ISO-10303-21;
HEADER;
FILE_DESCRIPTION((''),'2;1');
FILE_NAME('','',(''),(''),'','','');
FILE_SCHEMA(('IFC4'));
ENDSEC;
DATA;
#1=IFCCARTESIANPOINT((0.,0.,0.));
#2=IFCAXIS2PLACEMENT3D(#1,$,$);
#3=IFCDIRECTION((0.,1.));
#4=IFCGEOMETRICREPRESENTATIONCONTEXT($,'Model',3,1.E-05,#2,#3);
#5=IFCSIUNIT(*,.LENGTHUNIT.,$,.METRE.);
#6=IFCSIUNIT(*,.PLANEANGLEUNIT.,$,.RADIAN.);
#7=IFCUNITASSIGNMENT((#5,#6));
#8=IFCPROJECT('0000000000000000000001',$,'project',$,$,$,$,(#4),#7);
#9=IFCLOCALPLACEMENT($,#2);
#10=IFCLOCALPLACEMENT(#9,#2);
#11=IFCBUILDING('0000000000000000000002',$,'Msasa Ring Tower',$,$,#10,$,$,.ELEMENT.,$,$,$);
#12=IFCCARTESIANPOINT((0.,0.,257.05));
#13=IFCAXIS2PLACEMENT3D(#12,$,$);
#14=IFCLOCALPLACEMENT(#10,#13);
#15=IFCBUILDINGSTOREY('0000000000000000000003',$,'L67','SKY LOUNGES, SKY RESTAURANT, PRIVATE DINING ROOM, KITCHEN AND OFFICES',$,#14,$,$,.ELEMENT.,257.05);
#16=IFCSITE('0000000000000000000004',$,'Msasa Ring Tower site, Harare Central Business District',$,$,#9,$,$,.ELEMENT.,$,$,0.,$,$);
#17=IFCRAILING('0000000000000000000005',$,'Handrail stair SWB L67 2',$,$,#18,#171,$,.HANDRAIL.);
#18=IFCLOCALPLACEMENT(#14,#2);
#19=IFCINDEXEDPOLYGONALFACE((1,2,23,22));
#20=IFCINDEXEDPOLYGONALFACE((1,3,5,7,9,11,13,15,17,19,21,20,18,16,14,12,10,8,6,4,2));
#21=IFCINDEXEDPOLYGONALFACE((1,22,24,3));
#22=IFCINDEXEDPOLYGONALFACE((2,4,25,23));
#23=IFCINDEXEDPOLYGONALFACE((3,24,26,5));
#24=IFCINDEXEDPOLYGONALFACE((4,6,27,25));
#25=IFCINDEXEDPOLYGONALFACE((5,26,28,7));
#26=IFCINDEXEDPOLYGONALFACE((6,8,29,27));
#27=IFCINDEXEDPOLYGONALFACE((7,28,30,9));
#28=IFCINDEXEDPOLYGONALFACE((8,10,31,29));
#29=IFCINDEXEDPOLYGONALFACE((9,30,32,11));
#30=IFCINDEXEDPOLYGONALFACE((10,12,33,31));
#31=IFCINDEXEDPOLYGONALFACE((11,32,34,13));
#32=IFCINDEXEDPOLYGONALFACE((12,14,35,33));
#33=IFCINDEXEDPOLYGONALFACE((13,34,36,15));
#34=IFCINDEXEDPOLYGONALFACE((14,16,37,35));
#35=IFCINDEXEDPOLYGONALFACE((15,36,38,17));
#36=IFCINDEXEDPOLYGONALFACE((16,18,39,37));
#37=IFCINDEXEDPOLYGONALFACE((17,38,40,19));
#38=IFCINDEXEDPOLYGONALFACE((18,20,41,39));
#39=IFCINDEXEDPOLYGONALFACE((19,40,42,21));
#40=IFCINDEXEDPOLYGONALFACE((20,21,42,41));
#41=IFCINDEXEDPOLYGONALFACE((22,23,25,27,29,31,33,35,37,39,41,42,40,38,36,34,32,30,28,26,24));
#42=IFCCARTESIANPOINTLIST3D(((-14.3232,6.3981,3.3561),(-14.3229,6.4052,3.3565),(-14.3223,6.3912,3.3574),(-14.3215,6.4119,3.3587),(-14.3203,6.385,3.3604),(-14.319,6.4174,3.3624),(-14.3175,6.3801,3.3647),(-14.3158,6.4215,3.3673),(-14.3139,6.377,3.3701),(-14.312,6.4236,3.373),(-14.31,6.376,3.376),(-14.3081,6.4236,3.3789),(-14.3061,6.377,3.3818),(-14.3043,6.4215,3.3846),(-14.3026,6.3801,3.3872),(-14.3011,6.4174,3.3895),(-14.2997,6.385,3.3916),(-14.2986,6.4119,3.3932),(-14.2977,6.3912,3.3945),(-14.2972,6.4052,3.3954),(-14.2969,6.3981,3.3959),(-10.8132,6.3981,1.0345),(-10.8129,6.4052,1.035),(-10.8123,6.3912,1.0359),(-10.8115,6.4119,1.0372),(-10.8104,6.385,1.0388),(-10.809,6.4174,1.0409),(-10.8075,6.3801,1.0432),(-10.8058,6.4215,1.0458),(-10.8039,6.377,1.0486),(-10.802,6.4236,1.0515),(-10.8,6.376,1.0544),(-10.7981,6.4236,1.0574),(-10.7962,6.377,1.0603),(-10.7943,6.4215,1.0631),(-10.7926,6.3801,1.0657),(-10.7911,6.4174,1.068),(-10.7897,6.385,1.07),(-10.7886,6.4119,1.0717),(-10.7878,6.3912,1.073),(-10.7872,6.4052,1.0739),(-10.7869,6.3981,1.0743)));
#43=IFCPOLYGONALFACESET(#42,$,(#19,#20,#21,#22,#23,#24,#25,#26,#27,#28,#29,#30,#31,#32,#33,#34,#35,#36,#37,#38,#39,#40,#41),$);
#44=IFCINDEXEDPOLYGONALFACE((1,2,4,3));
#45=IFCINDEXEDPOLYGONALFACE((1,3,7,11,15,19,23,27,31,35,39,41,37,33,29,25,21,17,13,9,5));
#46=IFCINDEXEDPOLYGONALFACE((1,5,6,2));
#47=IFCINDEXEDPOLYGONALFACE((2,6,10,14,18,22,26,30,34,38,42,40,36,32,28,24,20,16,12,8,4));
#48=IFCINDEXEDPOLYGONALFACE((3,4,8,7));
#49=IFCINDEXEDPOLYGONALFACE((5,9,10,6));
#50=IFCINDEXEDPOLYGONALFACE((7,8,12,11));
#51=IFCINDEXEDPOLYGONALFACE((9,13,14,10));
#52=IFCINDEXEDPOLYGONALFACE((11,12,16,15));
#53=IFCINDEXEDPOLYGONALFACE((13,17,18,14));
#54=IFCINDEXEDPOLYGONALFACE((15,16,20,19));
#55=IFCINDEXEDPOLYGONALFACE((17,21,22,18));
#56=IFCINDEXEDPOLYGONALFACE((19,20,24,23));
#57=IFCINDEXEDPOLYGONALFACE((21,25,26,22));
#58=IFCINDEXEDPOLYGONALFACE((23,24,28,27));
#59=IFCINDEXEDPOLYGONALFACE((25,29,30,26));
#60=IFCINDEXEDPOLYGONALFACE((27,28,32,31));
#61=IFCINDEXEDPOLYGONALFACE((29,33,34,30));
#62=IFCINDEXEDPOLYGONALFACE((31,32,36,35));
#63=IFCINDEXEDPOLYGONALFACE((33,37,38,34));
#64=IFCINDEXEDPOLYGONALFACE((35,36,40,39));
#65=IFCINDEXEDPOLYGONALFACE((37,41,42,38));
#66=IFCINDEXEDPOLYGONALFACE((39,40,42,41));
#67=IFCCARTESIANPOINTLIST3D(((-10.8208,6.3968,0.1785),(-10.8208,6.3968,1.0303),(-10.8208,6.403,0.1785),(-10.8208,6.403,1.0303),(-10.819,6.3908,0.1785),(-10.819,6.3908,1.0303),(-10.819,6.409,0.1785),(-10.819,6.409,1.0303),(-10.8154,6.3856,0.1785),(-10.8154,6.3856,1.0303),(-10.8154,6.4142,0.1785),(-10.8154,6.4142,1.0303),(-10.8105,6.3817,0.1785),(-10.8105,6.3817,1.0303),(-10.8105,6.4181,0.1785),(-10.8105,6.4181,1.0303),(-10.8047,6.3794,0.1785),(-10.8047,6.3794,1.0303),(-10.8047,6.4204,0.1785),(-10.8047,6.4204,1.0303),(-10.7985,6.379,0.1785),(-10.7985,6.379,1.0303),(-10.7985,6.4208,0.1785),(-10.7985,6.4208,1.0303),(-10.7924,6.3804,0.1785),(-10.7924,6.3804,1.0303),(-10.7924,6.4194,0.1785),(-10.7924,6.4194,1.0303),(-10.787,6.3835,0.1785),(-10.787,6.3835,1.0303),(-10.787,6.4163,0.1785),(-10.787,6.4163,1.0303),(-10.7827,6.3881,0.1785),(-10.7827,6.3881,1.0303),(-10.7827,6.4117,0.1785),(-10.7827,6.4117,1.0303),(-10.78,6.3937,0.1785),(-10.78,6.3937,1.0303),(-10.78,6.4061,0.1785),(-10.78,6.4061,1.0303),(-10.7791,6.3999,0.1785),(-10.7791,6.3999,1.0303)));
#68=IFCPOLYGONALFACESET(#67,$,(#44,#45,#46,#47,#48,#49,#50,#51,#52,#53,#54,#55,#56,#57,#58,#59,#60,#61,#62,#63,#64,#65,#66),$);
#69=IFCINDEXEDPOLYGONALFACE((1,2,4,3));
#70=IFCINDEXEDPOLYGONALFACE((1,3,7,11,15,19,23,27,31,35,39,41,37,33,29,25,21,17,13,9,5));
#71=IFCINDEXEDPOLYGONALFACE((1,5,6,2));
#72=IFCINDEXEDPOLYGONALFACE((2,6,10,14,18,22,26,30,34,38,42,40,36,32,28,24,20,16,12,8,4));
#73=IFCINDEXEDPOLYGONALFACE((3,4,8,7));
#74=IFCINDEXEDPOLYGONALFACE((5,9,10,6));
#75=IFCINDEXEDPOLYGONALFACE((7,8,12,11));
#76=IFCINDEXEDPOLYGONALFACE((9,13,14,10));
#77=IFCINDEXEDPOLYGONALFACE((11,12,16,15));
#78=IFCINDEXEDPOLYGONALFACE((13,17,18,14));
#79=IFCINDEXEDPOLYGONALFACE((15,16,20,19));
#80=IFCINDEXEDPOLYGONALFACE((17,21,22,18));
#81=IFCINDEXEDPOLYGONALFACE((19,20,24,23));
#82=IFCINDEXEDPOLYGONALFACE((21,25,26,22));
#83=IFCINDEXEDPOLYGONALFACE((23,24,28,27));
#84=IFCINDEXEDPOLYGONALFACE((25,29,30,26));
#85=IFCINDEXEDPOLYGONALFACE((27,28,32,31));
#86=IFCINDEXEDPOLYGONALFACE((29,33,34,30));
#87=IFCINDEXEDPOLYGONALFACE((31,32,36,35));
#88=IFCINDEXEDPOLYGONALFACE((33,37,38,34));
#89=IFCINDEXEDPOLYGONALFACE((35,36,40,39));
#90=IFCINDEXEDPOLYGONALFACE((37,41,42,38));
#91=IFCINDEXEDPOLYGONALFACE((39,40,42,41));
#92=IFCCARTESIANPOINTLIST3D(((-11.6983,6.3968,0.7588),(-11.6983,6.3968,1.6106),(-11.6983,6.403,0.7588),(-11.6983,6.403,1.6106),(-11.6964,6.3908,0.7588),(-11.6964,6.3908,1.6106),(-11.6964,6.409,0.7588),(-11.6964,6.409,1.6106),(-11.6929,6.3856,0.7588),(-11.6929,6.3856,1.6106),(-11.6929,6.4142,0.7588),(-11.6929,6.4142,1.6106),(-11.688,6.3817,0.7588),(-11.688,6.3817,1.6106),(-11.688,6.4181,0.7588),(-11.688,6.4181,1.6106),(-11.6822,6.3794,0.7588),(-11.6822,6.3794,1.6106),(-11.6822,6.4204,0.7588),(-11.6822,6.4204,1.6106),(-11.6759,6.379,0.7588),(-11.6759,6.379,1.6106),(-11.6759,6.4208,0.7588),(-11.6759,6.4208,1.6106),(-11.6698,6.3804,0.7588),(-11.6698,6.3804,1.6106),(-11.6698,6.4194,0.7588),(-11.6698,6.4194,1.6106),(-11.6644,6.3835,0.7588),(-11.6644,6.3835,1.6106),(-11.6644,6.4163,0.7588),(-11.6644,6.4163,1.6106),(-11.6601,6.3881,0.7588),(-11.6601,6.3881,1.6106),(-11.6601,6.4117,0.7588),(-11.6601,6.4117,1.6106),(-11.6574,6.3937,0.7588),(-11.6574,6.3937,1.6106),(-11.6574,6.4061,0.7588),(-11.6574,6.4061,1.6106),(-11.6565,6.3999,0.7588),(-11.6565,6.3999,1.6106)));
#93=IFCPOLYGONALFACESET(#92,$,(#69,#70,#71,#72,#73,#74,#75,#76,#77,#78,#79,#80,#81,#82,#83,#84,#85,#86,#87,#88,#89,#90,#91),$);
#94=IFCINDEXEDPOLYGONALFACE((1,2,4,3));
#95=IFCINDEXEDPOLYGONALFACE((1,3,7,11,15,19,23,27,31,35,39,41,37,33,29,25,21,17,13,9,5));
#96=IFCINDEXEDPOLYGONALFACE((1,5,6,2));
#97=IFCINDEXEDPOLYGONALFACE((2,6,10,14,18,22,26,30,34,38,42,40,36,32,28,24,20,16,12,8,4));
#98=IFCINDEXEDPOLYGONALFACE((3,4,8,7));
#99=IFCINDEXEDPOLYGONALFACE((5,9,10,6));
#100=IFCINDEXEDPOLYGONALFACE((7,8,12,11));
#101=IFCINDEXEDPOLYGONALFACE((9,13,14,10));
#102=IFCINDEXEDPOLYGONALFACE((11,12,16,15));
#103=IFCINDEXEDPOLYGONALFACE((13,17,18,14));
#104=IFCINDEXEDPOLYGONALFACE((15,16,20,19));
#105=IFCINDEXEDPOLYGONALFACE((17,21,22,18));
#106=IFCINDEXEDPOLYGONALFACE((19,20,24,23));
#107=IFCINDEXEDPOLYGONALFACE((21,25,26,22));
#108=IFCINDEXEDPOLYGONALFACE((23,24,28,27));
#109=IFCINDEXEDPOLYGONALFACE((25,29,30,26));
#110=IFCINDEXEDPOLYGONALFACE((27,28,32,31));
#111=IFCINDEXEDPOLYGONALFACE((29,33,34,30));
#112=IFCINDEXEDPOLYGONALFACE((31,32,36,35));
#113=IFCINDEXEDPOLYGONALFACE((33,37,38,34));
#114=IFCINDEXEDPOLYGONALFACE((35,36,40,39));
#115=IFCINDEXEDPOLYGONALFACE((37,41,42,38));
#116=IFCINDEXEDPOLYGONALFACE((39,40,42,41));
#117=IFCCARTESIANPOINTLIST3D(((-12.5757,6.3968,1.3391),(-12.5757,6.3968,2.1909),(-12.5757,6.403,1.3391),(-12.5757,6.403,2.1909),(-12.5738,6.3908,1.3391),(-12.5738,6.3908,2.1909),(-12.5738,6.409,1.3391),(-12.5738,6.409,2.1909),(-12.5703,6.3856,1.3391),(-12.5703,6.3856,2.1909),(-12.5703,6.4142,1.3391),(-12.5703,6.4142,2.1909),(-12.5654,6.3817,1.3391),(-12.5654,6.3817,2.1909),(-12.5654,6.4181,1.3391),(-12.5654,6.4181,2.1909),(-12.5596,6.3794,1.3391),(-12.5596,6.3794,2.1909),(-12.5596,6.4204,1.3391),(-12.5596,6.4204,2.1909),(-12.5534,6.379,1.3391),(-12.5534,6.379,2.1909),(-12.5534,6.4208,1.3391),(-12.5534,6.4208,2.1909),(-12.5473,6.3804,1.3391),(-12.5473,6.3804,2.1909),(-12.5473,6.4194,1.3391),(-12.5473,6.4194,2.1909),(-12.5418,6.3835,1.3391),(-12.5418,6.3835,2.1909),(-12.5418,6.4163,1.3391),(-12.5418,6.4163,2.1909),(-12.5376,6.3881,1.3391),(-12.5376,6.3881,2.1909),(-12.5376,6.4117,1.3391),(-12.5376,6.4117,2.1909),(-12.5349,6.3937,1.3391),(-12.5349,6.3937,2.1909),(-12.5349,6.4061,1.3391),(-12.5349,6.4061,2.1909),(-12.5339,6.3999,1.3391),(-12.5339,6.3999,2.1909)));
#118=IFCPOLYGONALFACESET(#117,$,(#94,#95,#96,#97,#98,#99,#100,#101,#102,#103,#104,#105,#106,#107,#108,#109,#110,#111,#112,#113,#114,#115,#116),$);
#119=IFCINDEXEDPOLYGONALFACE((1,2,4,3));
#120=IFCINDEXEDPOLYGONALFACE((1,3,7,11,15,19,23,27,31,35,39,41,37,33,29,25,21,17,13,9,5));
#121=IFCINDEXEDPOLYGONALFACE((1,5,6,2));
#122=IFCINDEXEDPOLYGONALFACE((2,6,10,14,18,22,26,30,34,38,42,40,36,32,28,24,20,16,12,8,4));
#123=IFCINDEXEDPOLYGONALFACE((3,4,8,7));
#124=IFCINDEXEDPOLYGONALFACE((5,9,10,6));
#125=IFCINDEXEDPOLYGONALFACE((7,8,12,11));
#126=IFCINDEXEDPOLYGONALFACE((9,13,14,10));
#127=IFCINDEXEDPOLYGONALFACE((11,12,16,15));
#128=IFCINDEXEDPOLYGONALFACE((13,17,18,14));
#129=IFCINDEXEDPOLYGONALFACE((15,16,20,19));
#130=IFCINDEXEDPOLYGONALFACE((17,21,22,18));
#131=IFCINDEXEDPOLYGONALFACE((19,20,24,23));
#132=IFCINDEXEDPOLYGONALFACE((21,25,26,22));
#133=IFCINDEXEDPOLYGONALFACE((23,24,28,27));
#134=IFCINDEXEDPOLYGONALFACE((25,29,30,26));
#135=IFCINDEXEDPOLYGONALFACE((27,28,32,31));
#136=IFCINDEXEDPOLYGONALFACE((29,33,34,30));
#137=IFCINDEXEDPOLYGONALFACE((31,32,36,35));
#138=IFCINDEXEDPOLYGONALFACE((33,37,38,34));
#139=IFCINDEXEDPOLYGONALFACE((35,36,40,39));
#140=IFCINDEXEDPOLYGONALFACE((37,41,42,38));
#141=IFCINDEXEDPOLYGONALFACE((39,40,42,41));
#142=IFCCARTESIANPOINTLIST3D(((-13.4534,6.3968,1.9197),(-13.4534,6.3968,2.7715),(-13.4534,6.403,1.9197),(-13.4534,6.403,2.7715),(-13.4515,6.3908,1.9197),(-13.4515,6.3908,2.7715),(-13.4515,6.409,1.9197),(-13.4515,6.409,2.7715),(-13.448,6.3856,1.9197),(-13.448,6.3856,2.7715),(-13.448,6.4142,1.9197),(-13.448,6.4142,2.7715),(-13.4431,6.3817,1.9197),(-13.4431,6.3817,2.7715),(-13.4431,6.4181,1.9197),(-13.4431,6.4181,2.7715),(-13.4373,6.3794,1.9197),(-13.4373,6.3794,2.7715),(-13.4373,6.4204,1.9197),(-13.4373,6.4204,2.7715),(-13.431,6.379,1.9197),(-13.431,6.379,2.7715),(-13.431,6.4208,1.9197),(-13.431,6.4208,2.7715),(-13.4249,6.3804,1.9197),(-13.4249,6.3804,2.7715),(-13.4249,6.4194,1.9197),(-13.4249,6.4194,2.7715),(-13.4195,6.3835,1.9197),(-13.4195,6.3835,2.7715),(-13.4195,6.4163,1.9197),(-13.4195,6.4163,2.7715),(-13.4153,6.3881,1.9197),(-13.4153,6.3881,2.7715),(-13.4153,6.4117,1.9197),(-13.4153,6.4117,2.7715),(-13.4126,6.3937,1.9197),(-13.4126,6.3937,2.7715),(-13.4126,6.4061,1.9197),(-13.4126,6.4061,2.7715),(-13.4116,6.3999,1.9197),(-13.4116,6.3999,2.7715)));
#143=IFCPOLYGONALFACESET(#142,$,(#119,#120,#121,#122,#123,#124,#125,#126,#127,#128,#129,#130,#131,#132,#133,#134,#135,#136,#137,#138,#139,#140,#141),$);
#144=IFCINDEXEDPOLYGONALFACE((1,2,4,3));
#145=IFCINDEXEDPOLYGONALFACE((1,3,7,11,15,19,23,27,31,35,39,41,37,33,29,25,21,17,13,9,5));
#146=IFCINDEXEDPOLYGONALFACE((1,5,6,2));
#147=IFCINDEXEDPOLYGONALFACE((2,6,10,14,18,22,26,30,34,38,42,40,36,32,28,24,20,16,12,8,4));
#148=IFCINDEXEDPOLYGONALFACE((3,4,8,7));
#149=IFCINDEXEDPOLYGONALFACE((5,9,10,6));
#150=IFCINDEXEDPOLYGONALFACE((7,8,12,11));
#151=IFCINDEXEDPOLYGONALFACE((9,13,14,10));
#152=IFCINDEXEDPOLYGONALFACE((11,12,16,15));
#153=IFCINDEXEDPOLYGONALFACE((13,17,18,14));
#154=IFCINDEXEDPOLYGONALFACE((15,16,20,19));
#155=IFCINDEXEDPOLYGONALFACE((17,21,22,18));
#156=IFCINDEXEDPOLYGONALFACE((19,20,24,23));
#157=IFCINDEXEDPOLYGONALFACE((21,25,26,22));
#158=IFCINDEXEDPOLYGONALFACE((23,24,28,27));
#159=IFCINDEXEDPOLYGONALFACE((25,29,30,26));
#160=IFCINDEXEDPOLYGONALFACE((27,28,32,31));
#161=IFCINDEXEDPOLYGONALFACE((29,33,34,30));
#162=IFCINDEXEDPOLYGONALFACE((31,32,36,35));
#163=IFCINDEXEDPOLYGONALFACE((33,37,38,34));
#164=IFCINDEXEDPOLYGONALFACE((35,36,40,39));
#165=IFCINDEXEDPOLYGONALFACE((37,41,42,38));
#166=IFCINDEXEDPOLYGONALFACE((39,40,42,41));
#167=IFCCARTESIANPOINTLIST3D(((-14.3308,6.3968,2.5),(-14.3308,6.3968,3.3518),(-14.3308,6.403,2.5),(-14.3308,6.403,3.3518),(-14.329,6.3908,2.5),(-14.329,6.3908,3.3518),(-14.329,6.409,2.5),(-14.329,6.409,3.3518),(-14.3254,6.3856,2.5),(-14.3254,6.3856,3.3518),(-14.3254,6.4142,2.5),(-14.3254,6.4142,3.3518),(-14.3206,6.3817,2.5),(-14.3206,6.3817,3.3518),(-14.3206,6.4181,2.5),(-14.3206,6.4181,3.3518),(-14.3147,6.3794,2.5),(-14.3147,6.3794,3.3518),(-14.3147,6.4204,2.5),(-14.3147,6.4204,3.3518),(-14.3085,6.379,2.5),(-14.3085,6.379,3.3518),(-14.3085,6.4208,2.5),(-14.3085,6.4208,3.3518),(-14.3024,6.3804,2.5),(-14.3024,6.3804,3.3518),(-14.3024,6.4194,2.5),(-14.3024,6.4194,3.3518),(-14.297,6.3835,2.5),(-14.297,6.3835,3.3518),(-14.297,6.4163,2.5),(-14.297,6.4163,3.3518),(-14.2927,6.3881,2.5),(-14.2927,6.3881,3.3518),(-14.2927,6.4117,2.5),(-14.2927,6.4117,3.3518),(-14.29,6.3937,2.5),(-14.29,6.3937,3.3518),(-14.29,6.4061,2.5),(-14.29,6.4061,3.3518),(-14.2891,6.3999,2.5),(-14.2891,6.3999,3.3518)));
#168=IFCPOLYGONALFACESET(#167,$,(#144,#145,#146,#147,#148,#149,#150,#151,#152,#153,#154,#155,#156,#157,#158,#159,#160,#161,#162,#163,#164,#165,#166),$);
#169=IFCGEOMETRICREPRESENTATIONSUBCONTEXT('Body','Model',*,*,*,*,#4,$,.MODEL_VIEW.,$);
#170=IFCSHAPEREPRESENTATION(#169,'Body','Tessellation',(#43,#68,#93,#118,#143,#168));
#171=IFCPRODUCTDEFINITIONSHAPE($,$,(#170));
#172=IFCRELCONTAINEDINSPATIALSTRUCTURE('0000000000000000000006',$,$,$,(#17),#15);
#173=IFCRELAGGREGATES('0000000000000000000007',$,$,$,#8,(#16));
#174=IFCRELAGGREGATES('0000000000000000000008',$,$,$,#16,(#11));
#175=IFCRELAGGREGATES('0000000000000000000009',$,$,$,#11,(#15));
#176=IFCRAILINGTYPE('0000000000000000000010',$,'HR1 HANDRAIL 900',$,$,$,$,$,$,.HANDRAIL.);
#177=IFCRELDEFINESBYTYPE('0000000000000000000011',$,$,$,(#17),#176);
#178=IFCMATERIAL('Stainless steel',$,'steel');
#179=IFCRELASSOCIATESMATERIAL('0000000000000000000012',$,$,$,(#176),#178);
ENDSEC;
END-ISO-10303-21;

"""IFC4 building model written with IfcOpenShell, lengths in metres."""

from ifc_helpers import new_model, si_unit, direction, frame, origin, origin_2d, place, context, subcontext, project, spatial, circle, extrude, material, type_object, element, save


model = new_model("IFC4")

# Units and contexts
model_context = context("Model", 3, precision=1e-05, world=origin(), true_north=direction((0.0, 1.0)))
body_context = subcontext(model_context, "Body", "Model", "MODEL_VIEW")
ifc_project = project(units=[si_unit("LENGTHUNIT", "METRE"), si_unit("PLANEANGLEUNIT", "RADIAN")], contexts=[model_context])

# Site, building, storey
site_placement = place(None, origin())
site = spatial("IfcSite", under=ifc_project, at=site_placement, Name="Msasa Ring Tower site, Harare Central Business District", CompositionType="ELEMENT", RefElevation=0.0)
building_placement = place(site_placement, origin())
building = spatial("IfcBuilding", under=site, at=building_placement, Name="Msasa Ring Tower", CompositionType="ELEMENT")
storey_placement = place(building_placement, frame((0.0, 0.0, 257.05)))
storey = spatial("IfcBuildingStorey", under=building, at=storey_placement, Name="L67", Description="SKY LOUNGES, SKY RESTAURANT, PRIVATE DINING ROOM, KITCHEN AND OFFICES", CompositionType="ELEMENT", Elevation=257.05)

# Railing
ifc_material_1 = material(Name="Stainless steel", Category="steel")
railing_type = type_object("IfcRailingType", Name="HR1 HANDRAIL 900", PredefinedType="HANDRAIL", material=ifc_material_1)
for number, where, name in (
    (1, (-10.8, 6.3999, 0.1785), "Handrail stair SWB L67 2"),
):
    element("IfcRailing", number, at=place(storey_placement, frame(where)), inside=storey, type_object=railing_type, Name=name, PredefinedType="HANDRAIL", context=body_context, shape_type="SweptSolid", body=[
        extrude(circle(Radius=0.0239, at=origin_2d()), frame((0.0, 0.0, 0.876), z_axis=(-0.834071, 0.0, 0.551657), x_axis=(0.0, -1.0, 0.0)), (0.0, 0.0, 1.0), 4.2083),
        extrude(circle(Radius=0.021, at=origin_2d()), origin(), (0.0, 0.0, 1.0), 0.8518),
        extrude(circle(Radius=0.021, at=origin_2d()), frame((-0.8774, 0.0, 0.5803)), (0.0, 0.0, 1.0), 0.8518),
        extrude(circle(Radius=0.021, at=origin_2d()), frame((-1.7549, 0.0, 1.1606)), (0.0, 0.0, 1.0), 0.8518),
        extrude(circle(Radius=0.021, at=origin_2d()), frame((-2.6326, 0.0, 1.7412)), (0.0, 0.0, 1.0), 0.8518),
        extrude(circle(Radius=0.021, at=origin_2d()), frame((-3.51, 0.0, 2.3215)), (0.0, 0.0, 1.0), 0.8518),
    ])

save(model, "model.ifc")
